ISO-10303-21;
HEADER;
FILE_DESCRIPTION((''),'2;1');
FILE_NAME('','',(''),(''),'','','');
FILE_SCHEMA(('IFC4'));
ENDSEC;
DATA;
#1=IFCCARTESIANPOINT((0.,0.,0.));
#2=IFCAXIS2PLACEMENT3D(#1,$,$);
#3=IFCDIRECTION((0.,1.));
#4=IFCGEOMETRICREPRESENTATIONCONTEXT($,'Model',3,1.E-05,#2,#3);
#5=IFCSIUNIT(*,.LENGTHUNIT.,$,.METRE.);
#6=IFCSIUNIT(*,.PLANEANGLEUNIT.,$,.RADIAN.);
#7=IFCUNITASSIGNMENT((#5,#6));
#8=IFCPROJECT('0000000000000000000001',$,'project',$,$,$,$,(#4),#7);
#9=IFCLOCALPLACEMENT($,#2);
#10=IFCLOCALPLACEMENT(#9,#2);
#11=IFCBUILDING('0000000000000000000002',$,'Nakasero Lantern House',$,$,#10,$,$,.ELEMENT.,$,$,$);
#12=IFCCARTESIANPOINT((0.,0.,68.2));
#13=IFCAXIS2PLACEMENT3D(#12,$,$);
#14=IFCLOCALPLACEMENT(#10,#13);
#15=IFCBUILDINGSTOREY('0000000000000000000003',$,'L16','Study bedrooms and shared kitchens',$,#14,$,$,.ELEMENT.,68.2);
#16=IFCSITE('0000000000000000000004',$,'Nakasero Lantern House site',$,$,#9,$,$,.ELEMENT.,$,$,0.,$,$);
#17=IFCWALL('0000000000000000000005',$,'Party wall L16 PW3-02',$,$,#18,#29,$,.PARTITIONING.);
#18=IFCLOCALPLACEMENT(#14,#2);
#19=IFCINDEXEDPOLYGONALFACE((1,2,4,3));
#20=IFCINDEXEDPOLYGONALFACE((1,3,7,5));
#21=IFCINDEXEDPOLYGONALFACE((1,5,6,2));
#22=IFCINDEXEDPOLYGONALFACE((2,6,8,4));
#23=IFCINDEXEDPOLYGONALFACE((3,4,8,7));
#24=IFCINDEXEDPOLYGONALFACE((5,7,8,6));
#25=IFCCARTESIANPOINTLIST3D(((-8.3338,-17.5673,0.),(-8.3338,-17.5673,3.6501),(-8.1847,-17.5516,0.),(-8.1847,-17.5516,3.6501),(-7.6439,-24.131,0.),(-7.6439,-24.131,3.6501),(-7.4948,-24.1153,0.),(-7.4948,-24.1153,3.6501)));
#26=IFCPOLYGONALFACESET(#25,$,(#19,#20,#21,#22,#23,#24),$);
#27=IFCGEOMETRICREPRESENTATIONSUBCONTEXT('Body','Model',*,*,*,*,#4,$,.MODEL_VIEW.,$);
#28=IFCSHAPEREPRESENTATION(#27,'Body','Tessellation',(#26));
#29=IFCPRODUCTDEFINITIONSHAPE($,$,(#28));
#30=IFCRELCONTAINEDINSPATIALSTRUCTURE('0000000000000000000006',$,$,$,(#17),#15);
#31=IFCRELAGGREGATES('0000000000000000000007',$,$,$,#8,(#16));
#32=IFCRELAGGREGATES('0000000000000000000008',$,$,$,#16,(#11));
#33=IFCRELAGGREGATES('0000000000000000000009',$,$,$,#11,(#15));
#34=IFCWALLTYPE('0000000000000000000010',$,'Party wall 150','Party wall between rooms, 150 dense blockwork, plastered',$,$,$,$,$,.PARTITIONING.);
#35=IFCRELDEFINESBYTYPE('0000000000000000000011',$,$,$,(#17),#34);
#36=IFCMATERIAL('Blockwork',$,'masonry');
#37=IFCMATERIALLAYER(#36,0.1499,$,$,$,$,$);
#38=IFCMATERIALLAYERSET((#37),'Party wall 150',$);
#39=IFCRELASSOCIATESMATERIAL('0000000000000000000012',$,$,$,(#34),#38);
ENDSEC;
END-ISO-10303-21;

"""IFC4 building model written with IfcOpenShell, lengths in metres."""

from ifc_helpers import new_model, si_unit, direction, frame, frame_2d, origin, place, context, subcontext, project, spatial, rectangle, extrude, material, layer, layer_set, type_object, element, save


model = new_model("IFC4")

# Units and contexts
model_context = context("Model", 3, precision=1e-05, world=origin(), true_north=direction((0.0, 1.0)))
body_context = subcontext(model_context, "Body", "Model", "MODEL_VIEW")
ifc_project = project(units=[si_unit("LENGTHUNIT", "METRE"), si_unit("PLANEANGLEUNIT", "RADIAN")], contexts=[model_context])

# Site, building, storey
site_placement = place(None, origin())
site = spatial("IfcSite", under=ifc_project, at=site_placement, Name="Nakasero Lantern House site", CompositionType="ELEMENT", RefElevation=0.0)
building_placement = place(site_placement, origin())
building = spatial("IfcBuilding", under=site, at=building_placement, Name="Nakasero Lantern House", CompositionType="ELEMENT")
storey_placement = place(building_placement, frame((0.0, 0.0, 68.2)))
storey = spatial("IfcBuildingStorey", under=building, at=storey_placement, Name="L16", Description="Study bedrooms and shared kitchens", CompositionType="ELEMENT", Elevation=68.2)

# Wall
ifc_material_1 = material(Name="Blockwork", Category="masonry")
ifc_layer_1 = layer(ifc_material_1, 0.1499)
ifc_layer_set_1 = layer_set([ifc_layer_1], Name="Party wall 150")
wall_type_1 = type_object("IfcWallType", Name="Party wall 150", Description="Party wall between rooms, 150 dense blockwork, plastered", PredefinedType="PARTITIONING", material=ifc_layer_set_1)
wall_1_placement = place(storey_placement, frame((-8.2593, -17.5596, 0.0), z_axis=(0.0, 0.0, 1.0), x_axis=(0.104538, -0.994521, 0.0)))
element("IfcWall", 1, at=wall_1_placement, inside=storey, type_object=wall_type_1, Name="Party wall L16 PW3-02", PredefinedType="PARTITIONING", context=body_context, shape_type="SweptSolid", body=[
    extrude(rectangle(XDim=6.5999, YDim=0.1499, at=frame_2d((3.2998, 0.0))), origin(), (0.0, 0.0, 1.0), 3.6501),
])

save(model, "model.ifc")
